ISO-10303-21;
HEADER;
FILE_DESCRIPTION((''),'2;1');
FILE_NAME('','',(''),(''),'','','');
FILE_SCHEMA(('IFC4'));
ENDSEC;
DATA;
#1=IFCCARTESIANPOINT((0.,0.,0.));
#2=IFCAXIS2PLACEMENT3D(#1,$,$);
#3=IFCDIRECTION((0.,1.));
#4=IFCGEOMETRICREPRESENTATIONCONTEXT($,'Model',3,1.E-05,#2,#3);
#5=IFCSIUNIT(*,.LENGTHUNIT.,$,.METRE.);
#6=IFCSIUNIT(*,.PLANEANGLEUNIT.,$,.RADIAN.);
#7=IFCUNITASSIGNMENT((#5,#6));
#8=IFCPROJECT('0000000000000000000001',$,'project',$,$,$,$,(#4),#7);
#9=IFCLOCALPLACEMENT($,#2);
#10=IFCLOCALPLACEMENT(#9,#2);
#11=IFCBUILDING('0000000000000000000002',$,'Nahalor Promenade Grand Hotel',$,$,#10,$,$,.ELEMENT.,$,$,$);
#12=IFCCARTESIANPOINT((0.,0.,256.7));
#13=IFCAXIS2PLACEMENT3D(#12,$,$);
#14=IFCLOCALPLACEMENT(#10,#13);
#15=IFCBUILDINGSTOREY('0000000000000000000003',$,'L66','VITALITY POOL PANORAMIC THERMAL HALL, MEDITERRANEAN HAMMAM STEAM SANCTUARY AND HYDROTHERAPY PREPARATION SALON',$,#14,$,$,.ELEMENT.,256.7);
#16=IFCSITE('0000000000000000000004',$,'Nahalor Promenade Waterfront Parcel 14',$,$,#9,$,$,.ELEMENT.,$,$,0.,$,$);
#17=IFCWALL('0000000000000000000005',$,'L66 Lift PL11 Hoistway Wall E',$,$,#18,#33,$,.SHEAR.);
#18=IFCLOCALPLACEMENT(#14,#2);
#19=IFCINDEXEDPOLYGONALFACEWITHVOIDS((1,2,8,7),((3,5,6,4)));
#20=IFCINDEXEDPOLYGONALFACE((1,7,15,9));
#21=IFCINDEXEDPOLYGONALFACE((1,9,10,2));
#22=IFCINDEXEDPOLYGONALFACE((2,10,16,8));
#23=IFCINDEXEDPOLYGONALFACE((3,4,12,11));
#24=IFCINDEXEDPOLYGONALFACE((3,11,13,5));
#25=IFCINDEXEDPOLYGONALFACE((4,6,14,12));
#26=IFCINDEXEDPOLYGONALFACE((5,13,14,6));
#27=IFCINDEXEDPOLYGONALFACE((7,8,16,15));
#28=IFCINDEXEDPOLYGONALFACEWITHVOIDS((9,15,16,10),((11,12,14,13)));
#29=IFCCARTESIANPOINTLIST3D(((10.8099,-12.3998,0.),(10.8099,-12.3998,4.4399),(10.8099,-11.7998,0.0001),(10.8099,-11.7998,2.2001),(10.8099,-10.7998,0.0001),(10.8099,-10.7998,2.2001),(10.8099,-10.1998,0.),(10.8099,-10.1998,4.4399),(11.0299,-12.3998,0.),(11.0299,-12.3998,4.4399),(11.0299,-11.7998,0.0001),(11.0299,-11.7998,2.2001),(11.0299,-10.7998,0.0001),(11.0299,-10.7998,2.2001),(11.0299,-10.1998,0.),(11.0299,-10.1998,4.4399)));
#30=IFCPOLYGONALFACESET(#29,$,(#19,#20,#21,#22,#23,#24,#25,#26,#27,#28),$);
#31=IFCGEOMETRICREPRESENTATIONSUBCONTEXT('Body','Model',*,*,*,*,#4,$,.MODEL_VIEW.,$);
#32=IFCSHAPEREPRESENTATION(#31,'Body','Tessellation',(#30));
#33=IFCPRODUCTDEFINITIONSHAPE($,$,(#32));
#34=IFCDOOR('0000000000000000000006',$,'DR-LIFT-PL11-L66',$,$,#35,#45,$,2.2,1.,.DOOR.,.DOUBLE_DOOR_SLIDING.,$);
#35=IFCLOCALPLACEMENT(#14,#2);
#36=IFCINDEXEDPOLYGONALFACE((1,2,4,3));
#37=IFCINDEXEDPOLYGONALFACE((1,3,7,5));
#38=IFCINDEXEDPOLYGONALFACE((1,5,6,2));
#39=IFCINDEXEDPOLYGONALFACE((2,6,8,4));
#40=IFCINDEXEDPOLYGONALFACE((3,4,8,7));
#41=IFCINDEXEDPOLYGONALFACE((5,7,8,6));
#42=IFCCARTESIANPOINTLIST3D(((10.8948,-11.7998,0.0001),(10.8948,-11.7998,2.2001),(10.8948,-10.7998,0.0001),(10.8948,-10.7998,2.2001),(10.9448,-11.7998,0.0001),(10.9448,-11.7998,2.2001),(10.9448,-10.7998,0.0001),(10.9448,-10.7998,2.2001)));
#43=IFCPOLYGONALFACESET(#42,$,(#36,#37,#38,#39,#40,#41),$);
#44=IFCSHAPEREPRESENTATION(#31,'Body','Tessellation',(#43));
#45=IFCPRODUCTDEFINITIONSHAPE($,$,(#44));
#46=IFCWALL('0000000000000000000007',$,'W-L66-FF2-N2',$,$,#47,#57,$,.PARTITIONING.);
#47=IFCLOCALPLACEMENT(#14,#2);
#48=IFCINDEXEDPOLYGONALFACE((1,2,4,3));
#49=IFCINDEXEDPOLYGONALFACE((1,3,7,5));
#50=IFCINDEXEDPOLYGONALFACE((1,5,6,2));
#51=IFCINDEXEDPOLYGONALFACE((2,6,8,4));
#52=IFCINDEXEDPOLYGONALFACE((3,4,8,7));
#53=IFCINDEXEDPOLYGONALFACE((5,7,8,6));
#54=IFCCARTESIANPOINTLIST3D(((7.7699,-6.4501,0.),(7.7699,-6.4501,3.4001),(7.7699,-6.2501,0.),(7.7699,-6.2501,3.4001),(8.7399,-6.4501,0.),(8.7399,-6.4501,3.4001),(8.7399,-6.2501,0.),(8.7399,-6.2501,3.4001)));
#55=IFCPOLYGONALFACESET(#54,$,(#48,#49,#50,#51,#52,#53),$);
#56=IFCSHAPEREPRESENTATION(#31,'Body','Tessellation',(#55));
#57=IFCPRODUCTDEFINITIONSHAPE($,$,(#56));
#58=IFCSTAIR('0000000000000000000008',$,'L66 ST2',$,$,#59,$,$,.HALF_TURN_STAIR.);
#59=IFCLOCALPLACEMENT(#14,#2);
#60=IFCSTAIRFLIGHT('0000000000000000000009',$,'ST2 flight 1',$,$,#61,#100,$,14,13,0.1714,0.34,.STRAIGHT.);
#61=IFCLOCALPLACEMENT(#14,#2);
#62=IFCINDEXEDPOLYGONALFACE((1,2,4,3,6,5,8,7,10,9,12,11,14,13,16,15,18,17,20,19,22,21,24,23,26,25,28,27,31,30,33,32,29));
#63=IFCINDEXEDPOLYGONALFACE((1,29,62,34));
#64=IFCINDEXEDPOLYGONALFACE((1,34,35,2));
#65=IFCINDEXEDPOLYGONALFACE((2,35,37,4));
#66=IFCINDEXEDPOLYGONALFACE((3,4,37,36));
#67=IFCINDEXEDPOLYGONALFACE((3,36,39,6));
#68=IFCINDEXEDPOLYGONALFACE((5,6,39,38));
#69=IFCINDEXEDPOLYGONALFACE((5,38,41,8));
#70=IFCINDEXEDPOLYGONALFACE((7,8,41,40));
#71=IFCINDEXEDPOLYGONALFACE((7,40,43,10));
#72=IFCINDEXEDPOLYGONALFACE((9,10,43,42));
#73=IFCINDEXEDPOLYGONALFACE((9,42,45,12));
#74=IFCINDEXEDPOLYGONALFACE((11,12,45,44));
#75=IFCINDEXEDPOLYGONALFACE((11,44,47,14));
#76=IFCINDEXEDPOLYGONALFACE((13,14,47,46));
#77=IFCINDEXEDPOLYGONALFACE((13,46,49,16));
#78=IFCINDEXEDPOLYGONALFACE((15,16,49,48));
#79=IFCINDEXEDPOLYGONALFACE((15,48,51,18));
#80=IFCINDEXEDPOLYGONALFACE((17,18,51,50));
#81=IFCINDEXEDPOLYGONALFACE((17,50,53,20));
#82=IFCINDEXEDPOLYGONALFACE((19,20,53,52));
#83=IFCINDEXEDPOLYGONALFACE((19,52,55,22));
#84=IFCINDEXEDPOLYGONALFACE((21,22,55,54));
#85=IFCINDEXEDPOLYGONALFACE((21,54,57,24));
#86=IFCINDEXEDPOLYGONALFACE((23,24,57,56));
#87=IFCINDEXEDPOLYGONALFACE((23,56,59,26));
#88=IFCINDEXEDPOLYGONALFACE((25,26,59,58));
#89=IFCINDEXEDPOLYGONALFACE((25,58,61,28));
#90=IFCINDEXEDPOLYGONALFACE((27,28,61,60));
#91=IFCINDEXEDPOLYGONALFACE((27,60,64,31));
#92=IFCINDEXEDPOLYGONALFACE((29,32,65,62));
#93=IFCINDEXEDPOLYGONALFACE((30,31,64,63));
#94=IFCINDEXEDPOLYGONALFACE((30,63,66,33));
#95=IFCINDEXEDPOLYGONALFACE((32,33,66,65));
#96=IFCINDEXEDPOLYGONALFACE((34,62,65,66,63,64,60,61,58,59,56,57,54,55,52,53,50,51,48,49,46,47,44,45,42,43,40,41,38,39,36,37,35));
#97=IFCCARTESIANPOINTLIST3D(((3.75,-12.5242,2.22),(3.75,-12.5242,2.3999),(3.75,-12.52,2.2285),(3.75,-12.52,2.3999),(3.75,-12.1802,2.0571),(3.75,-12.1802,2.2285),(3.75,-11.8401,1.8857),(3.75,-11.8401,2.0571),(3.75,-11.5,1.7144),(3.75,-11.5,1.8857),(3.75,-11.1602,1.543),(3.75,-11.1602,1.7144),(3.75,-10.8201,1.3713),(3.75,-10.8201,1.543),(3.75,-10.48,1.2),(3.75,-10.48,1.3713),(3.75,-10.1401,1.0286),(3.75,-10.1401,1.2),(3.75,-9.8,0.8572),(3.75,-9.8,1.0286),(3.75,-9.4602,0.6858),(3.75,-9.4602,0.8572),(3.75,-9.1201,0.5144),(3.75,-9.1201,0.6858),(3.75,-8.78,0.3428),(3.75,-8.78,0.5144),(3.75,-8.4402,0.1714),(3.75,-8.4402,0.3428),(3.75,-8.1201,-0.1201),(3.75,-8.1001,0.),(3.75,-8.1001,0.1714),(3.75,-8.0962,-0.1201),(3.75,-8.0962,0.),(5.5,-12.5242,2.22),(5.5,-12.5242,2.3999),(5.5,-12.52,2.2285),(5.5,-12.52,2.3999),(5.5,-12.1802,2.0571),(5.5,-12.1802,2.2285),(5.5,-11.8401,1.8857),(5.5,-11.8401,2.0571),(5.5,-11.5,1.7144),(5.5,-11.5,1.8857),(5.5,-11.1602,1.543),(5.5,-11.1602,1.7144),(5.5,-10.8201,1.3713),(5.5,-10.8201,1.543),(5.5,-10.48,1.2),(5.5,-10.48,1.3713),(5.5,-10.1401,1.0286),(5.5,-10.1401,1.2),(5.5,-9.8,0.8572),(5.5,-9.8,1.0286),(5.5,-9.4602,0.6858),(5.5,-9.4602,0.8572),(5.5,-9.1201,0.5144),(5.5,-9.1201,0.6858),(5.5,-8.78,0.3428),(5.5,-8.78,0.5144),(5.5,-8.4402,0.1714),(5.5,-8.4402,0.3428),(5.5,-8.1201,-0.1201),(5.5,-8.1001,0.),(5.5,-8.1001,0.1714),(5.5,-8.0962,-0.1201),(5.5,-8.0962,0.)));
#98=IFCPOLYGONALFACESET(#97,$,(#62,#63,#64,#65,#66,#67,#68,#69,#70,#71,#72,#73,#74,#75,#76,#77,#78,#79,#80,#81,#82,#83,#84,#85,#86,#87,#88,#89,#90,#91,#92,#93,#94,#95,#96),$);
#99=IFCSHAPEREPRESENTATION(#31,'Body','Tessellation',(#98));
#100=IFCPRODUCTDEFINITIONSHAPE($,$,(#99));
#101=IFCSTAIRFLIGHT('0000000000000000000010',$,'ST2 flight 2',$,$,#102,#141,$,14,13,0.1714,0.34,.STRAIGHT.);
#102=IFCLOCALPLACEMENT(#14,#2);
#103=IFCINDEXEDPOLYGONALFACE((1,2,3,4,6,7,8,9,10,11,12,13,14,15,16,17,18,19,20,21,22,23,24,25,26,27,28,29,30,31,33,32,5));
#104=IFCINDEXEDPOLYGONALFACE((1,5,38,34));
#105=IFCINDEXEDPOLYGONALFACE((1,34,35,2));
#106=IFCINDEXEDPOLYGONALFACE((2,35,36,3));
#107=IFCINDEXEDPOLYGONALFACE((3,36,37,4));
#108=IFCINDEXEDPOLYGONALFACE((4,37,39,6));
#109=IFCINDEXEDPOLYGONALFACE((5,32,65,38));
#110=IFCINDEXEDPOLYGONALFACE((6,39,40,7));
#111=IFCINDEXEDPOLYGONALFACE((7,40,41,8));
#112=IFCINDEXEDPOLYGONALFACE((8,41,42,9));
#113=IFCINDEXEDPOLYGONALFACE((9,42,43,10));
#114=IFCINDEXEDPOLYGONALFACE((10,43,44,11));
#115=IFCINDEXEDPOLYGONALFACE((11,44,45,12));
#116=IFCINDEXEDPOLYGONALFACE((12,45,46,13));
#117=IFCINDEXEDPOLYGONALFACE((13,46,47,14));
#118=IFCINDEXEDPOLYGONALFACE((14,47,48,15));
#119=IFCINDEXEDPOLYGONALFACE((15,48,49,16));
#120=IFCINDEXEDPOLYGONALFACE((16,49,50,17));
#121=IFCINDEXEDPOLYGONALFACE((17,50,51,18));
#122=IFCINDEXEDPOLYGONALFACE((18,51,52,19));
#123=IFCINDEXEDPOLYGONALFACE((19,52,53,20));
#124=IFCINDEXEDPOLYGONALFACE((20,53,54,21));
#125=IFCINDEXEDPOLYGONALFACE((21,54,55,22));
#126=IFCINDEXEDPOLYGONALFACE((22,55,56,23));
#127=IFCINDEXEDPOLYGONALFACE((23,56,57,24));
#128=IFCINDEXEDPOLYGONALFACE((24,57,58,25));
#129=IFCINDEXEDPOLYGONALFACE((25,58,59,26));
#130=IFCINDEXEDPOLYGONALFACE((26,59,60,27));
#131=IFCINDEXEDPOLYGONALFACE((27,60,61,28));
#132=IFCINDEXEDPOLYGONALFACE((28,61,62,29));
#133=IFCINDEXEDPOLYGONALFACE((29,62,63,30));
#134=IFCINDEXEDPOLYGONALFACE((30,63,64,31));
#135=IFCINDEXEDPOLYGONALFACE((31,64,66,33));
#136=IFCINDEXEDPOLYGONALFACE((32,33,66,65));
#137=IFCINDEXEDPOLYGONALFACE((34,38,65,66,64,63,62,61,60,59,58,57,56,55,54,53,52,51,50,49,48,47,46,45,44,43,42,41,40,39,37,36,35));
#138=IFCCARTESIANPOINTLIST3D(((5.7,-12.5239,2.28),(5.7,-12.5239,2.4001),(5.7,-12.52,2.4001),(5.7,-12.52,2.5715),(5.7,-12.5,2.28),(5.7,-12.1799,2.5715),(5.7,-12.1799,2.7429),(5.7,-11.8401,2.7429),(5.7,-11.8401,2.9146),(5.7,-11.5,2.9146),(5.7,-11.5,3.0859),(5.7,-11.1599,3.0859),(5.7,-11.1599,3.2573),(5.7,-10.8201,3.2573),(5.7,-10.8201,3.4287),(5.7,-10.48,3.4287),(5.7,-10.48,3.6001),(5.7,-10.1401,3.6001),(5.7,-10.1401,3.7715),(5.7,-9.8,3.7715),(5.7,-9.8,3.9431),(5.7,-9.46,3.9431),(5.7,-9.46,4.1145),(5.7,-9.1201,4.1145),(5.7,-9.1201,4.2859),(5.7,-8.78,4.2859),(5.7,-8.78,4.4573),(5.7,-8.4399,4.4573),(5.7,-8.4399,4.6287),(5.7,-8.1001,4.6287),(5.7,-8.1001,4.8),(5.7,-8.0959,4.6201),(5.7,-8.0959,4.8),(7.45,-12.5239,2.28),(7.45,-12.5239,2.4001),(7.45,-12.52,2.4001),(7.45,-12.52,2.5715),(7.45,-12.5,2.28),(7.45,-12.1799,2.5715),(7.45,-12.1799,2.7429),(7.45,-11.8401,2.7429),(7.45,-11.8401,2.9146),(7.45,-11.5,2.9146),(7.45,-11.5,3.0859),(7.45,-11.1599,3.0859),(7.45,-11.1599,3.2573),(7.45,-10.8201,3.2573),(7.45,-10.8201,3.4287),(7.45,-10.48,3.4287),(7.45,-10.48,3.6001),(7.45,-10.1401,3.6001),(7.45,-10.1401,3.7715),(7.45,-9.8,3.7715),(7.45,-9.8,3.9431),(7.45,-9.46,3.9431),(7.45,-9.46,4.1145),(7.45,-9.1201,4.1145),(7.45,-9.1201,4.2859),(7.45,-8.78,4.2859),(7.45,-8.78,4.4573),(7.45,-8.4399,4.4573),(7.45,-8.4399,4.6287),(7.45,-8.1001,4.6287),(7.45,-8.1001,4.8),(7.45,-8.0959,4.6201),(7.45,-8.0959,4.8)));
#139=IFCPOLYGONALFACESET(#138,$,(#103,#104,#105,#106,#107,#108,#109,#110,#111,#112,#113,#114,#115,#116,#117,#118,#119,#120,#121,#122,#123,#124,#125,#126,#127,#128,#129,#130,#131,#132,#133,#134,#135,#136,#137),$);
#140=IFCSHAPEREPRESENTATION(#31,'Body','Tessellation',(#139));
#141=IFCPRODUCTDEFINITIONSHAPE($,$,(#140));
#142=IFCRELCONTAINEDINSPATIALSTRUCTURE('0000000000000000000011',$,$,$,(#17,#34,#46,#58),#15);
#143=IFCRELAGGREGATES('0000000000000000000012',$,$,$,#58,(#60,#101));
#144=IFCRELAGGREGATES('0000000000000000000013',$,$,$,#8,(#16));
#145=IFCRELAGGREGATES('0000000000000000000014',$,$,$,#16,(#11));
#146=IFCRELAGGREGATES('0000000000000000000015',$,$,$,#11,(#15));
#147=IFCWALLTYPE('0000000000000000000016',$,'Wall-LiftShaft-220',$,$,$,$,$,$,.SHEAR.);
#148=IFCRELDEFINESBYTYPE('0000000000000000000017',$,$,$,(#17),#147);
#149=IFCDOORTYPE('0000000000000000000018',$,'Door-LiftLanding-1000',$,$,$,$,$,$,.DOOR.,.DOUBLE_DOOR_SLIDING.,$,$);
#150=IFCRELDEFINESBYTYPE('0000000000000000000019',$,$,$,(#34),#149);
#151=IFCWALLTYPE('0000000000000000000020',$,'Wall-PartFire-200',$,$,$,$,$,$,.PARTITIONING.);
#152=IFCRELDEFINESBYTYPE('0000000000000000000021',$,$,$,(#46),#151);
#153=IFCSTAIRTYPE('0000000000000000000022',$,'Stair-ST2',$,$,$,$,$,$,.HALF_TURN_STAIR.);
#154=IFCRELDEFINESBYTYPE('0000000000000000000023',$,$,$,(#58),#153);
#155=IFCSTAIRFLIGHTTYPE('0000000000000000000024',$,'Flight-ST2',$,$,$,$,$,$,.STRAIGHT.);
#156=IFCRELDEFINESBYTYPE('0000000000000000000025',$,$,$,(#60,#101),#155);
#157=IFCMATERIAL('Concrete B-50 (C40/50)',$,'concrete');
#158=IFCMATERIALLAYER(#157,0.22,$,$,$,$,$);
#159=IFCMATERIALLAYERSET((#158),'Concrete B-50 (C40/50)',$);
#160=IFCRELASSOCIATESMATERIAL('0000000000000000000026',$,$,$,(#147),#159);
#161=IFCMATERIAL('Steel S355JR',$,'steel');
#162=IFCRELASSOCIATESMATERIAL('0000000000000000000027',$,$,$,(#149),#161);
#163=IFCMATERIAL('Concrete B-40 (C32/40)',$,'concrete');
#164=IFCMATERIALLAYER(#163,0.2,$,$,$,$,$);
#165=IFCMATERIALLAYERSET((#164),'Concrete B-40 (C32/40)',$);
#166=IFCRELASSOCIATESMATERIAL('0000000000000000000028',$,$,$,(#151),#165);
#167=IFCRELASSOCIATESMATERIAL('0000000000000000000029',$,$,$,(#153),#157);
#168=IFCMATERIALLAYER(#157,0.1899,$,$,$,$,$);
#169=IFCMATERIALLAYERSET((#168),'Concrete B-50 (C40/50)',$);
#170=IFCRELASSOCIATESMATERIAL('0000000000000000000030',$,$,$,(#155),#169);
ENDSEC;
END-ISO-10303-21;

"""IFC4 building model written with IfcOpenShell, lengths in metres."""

from ifc_helpers import new_model, si_unit, direction, frame, frame_2d, origin, place, context, subcontext, project, spatial, polyline, rectangle, outline, extrude, source, transform, mapped, material, layer, layer_set, type_object, element, fill, aggregate, save


model = new_model("IFC4")

# Units and contexts
model_context = context("Model", 3, precision=1e-05, world=origin(), true_north=direction((0.0, 1.0)))
body_context = subcontext(model_context, "Body", "Model", "MODEL_VIEW")
ifc_project = project(units=[si_unit("LENGTHUNIT", "METRE"), si_unit("PLANEANGLEUNIT", "RADIAN")], contexts=[model_context])

# Site, building, storey
site_placement = place(None, origin())
site = spatial("IfcSite", under=ifc_project, at=site_placement, Name="Nahalor Promenade Waterfront Parcel 14", CompositionType="ELEMENT", RefElevation=0.0)
building_placement = place(site_placement, origin())
building = spatial("IfcBuilding", under=site, at=building_placement, Name="Nahalor Promenade Grand Hotel", CompositionType="ELEMENT")
storey_placement = place(building_placement, frame((0.0, 0.0, 256.7)))
storey = spatial("IfcBuildingStorey", under=building, at=storey_placement, Name="L66", Description="VITALITY POOL PANORAMIC THERMAL HALL, MEDITERRANEAN HAMMAM STEAM SANCTUARY AND HYDROTHERAPY PREPARATION SALON", CompositionType="ELEMENT", Elevation=256.7)

# Shared definitions
ifc_material_1 = material(Name="Steel S355JR", Category="steel")

# Shared definitions
ifc_material_2 = material(Name="Concrete B-50 (C40/50)", Category="concrete")
ifc_layer_1 = layer(ifc_material_2, 0.22)
ifc_layer_set_1 = layer_set([ifc_layer_1], Name="Concrete B-50 (C40/50)")
wall_type_1 = type_object("IfcWallType", Name="Wall-LiftShaft-220", PredefinedType="SHEAR", material=ifc_layer_set_1)

# Shared definitions
door_type = type_object("IfcDoorType", Name="Door-LiftLanding-1000", OperationType="DOUBLE_DOOR_SLIDING", PredefinedType="DOOR", material=ifc_material_1)
shared_shape_1 = source(origin(), body_context, "Body", "SweptSolid", [
    extrude(rectangle(XDim=1.0, YDim=2.2, at=frame_2d((0.5, 1.1001))), frame((0.0, 0.0249, 0.0), z_axis=(0.0, -1.0, 0.0), x_axis=(1.0, 0.0, 0.0)), (0.0, 0.0, 1.0), 0.05),
])

# Shared definitions
shared_shape_2 = source(origin(), body_context, "Body", "SweptSolid", [
    extrude(rectangle(XDim=2.2, YDim=0.22, at=frame_2d((1.1001, 0.0))), origin(), (0.0, 0.0, 1.0), 4.4399),
])

# Wall, opening, door
wall_1_placement = place(storey_placement, frame((10.9199, -12.3999, 0.0), z_axis=(0.0, 0.0, 1.0), x_axis=(0.0, 1.0, 0.0)))
wall_1 = element("IfcWall", 1, at=wall_1_placement, inside=storey, type_object=wall_type_1, Name="L66 Lift PL11 Hoistway Wall E", PredefinedType="SHEAR", context=body_context, shape_type="MappedRepresentation", body=[
    mapped(shared_shape_2, transform((0.0, 0.0, 0.0), scale=1.0)),
])
opening_1_placement = place(wall_1_placement, frame((0.6001, 0.0, 0.0)))
opening_1 = element("IfcOpeningElement", 2, at=opening_1_placement, cuts=wall_1, PredefinedType="OPENING", context=body_context, shape_type="SweptSolid", body=[
    extrude(rectangle(XDim=1.0, YDim=2.2, at=frame_2d((0.5, 1.1001))), frame((0.0, 0.1199, 0.0), z_axis=(0.0, -1.0, 0.0), x_axis=(1.0, 0.0, 0.0)), (0.0, 0.0, 1.0), 0.24),
])
door_1_placement = place(opening_1_placement, frame((1.0, 0.0, 0.0), z_axis=(0.0, 0.0, 1.0), x_axis=(-1.0, 0.0, 0.0)))
door_1 = element("IfcDoor", 3, at=door_1_placement, inside=storey, type_object=door_type, Name="DR-LIFT-PL11-L66", OperationType="DOUBLE_DOOR_SLIDING", OverallHeight=2.2, OverallWidth=1.0, PredefinedType="DOOR", context=body_context, shape_type="MappedRepresentation", body=[
    mapped(shared_shape_1, transform((0.0, 0.0, 0.0), scale=1.0)),
])
fill(opening_1, door_1)

# Wall
ifc_material_3 = material(Name="Concrete B-40 (C32/40)", Category="concrete")
ifc_layer_2 = layer(ifc_material_3, 0.2)
ifc_layer_set_2 = layer_set([ifc_layer_2], Name="Concrete B-40 (C32/40)")
wall_type_2 = type_object("IfcWallType", Name="Wall-PartFire-200", PredefinedType="PARTITIONING", material=ifc_layer_set_2)
shared_shape_3 = source(origin(), body_context, "Body", "SweptSolid", [
    extrude(rectangle(XDim=0.97, YDim=0.2, at=frame_2d((0.4849, 0.0))), origin(), (0.0, 0.0, 1.0), 3.4001),
])
wall_2_placement = place(storey_placement, frame((7.77, -6.3501, 0.0), z_axis=(0.0, 0.0, 1.0), x_axis=(1.0, 0.0, 0.0)))
element("IfcWall", 4, at=wall_2_placement, inside=storey, type_object=wall_type_2, Name="W-L66-FF2-N2", PredefinedType="PARTITIONING", context=body_context, shape_type="MappedRepresentation", body=[
    mapped(shared_shape_3, transform((0.0, 0.0, 0.0), scale=1.0)),
])

# Stair, stair flights
stair_type = type_object("IfcStairType", Name="Stair-ST2", PredefinedType="HALF_TURN_STAIR", material=ifc_material_2)
stair_placement = place(storey_placement, origin())
stair = element("IfcStair", 5, at=stair_placement, inside=storey, type_object=stair_type, Name="L66 ST2", PredefinedType="HALF_TURN_STAIR")
ifc_layer_3 = layer(ifc_material_2, 0.1899)
ifc_layer_set_3 = layer_set([ifc_layer_3], Name="Concrete B-50 (C40/50)")
stair_flight_type = type_object("IfcStairFlightType", Name="Flight-ST2", PredefinedType="STRAIGHT", material=ifc_layer_set_3)
shared_shape_4 = source(origin(), body_context, "Body", "SweptSolid", [
    extrude(outline(polyline([(-0.0039, -0.1201), (-0.0039, 0.0), (0.0, 0.0), (0.0, 0.1714), (0.3401, 0.1714), (0.3401, 0.3428), (0.6799, 0.3428), (0.6799, 0.5144), (1.02, 0.5144), (1.02, 0.6858), (1.3601, 0.6858), (1.3601, 0.8572), (1.7, 0.8572), (1.7, 1.0286), (2.04, 1.0286), (2.04, 1.2), (2.3799, 1.2), (2.3799, 1.3713), (2.72, 1.3713), (2.72, 1.543), (3.0601, 1.543), (3.0601, 1.7144), (3.3999, 1.7144), (3.3999, 1.8857), (3.74, 1.8857), (3.74, 2.0571), (4.0801, 2.0571), (4.0801, 2.2285), (4.4199, 2.2285), (4.4199, 2.3999), (4.4241, 2.3999), (4.4241, 2.22), (0.02, -0.1201), (-0.0039, -0.1201)])), frame((0.0, 0.875, 0.0), z_axis=(0.0, -1.0, 0.0), x_axis=(1.0, 0.0, 0.0)), (0.0, 0.0, 1.0), 1.75),
])
stair_flight_1_placement = place(storey_placement, frame((4.625, -8.1001, 0.0), z_axis=(0.0, 0.0, 1.0), x_axis=(0.0, -1.0, 0.0)))
stair_flight_1 = element("IfcStairFlight", 6, at=stair_flight_1_placement, type_object=stair_flight_type, Name="ST2 flight 1", NumberOfRisers=14, NumberOfTreads=13, PredefinedType="STRAIGHT", RiserHeight=0.1714, TreadLength=0.34, context=body_context, shape_type="MappedRepresentation", body=[
    mapped(shared_shape_4, transform((0.0, 0.0, 0.0), scale=1.0)),
])
stair_flight_2_placement = place(storey_placement, frame((6.575, -12.52, 2.4001), z_axis=(0.0, 0.0, 1.0), x_axis=(0.0, 1.0, 0.0)))
stair_flight_2 = element("IfcStairFlight", 7, at=stair_flight_2_placement, type_object=stair_flight_type, Name="ST2 flight 2", NumberOfRisers=14, NumberOfTreads=13, PredefinedType="STRAIGHT", RiserHeight=0.1714, TreadLength=0.34, context=body_context, shape_type="MappedRepresentation", body=[
    mapped(shared_shape_4, transform((0.0, 0.0, 0.0), scale=1.0)),
])
aggregate(stair, [stair_flight_1, stair_flight_2])

save(model, "model.ifc")
